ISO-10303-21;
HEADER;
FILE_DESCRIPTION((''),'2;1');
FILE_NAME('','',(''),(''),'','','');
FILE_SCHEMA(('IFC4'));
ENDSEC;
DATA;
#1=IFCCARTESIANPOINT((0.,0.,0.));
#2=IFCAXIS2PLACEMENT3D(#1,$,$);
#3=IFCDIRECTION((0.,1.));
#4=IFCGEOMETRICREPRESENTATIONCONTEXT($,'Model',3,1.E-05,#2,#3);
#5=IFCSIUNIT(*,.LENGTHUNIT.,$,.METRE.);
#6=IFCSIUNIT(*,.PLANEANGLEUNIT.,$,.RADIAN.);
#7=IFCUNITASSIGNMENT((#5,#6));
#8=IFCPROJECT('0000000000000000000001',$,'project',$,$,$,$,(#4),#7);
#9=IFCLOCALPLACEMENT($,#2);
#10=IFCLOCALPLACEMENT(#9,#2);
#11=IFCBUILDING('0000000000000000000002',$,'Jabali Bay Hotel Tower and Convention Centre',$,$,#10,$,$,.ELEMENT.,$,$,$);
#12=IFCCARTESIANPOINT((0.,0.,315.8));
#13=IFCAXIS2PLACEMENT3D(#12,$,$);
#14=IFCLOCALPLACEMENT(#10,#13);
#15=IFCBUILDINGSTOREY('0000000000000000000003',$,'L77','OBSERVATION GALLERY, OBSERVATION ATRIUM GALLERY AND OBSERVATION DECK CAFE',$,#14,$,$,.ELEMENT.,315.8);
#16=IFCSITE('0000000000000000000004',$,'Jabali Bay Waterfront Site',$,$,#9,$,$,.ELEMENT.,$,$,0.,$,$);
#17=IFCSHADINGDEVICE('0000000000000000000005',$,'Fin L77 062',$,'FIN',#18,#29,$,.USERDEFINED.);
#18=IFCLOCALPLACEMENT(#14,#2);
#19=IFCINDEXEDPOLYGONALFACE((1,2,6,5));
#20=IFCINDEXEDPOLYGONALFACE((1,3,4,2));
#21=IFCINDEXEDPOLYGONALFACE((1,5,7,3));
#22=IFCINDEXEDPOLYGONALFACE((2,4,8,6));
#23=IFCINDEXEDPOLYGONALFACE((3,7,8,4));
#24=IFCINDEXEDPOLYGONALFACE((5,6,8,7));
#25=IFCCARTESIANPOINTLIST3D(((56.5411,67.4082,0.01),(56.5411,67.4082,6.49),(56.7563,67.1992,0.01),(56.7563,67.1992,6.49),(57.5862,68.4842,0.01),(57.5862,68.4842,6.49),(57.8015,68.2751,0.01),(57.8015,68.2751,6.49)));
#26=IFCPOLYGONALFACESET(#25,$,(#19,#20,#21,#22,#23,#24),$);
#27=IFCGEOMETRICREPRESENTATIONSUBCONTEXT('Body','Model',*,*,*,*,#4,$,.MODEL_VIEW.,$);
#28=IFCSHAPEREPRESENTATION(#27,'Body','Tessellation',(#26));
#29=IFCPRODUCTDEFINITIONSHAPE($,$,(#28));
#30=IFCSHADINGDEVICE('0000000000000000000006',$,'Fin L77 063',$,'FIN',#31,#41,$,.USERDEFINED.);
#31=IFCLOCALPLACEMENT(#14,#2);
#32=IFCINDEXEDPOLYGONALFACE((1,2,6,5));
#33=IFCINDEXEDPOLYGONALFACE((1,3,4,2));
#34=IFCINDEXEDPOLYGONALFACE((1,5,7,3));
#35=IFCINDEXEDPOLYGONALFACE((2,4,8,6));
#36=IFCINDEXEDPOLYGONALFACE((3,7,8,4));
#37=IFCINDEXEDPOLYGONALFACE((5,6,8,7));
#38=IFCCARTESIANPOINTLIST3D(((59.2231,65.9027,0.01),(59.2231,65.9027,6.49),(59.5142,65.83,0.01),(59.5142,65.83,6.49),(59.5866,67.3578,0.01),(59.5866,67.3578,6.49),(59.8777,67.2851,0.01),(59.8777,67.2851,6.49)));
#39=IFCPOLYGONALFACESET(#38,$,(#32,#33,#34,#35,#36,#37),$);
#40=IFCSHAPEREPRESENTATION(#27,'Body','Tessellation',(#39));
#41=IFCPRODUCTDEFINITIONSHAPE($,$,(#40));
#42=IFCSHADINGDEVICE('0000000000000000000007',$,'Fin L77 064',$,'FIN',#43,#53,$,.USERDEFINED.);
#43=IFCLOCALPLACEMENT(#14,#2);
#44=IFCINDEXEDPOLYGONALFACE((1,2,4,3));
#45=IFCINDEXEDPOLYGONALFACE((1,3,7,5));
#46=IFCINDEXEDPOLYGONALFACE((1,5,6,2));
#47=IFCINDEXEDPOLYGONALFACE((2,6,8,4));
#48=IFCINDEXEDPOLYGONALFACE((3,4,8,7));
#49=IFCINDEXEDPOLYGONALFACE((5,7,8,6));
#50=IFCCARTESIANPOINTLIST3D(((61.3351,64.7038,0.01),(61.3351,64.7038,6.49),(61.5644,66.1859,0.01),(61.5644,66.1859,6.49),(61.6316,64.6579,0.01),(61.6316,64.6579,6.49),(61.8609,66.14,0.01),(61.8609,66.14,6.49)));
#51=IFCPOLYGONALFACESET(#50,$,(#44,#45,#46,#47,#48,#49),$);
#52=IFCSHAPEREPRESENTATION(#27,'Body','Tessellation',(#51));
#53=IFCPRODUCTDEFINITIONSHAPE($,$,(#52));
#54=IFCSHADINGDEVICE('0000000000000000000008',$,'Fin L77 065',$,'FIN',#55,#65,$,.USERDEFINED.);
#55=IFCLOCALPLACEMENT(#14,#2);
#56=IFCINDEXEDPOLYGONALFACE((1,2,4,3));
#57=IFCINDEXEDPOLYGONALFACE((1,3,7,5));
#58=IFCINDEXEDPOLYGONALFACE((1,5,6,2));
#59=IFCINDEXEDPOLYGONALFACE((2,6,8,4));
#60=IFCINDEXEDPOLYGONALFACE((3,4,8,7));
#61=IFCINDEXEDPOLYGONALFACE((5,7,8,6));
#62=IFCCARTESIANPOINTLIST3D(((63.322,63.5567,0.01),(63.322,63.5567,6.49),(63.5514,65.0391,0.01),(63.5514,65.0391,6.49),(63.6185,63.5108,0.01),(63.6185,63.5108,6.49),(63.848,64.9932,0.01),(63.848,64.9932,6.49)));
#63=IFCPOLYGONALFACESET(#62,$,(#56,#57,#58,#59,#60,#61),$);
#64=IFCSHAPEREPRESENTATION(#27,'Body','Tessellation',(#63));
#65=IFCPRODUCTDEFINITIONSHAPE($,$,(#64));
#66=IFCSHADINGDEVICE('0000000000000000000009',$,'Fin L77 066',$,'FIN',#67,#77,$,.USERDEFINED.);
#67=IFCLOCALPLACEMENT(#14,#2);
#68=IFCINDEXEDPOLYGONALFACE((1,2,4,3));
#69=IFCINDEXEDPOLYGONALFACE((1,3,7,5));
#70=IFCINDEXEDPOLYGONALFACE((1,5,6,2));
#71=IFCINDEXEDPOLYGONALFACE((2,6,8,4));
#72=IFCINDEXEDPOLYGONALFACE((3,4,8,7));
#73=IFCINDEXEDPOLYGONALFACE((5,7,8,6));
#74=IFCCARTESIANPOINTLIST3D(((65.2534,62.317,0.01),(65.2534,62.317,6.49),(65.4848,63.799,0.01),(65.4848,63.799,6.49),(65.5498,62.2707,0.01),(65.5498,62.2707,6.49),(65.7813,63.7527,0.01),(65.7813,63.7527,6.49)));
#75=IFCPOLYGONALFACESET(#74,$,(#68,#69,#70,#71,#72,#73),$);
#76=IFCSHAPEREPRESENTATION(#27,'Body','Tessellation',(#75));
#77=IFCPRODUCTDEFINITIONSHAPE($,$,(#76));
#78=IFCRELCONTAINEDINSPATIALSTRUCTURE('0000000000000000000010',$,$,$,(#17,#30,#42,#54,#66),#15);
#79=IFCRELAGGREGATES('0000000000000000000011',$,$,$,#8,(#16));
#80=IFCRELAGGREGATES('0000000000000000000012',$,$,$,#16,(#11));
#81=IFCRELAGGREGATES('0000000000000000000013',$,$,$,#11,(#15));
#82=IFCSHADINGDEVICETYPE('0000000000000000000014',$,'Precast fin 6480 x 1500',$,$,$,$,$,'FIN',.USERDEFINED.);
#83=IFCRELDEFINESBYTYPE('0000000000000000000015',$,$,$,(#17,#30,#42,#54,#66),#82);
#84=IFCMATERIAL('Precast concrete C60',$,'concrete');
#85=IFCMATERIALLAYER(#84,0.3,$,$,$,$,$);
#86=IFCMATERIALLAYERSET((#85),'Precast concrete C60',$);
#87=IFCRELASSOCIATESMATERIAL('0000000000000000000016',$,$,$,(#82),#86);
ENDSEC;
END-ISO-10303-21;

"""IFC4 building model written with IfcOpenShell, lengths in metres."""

from ifc_helpers import new_model, si_unit, direction, frame, frame_2d, origin, place, context, subcontext, project, spatial, rectangle, extrude, material, layer, layer_set, type_object, element, save


model = new_model("IFC4")

# Units and contexts
model_context = context("Model", 3, precision=1e-05, world=origin(), true_north=direction((0.0, 1.0)))
body_context = subcontext(model_context, "Body", "Model", "MODEL_VIEW")
ifc_project = project(units=[si_unit("LENGTHUNIT", "METRE"), si_unit("PLANEANGLEUNIT", "RADIAN")], contexts=[model_context])

# Site, building, storey
site_placement = place(None, origin())
site = spatial("IfcSite", under=ifc_project, at=site_placement, Name="Jabali Bay Waterfront Site", CompositionType="ELEMENT", RefElevation=0.0)
building_placement = place(site_placement, origin())
building = spatial("IfcBuilding", under=site, at=building_placement, Name="Jabali Bay Hotel Tower and Convention Centre", CompositionType="ELEMENT")
storey_placement = place(building_placement, frame((0.0, 0.0, 315.8)))
storey = spatial("IfcBuildingStorey", under=building, at=storey_placement, Name="L77", Description="OBSERVATION GALLERY, OBSERVATION ATRIUM GALLERY AND OBSERVATION DECK CAFE", CompositionType="ELEMENT", Elevation=315.8)

# Shading devices
ifc_material_1 = material(Name="Precast concrete C60", Category="concrete")
ifc_layer_1 = layer(ifc_material_1, 0.3)
ifc_layer_set_1 = layer_set([ifc_layer_1], Name="Precast concrete C60")
shading_device_type = type_object("IfcShadingDeviceType", Name="Precast fin 6480 x 1500", ElementType="FIN", PredefinedType="USERDEFINED", material=ifc_layer_set_1)
shading_device_placement = place(storey_placement, frame((57.6938, 68.3796, 0.01), z_axis=(0.0, 0.0, 1.0), x_axis=(-0.696779, -0.717286, 0.0)))
element("IfcShadingDevice", 1, at=shading_device_placement, inside=storey, type_object=shading_device_type, Name="Fin L77 062", ObjectType="FIN", PredefinedType="USERDEFINED", context=body_context, shape_type="SweptSolid", body=[
    extrude(rectangle(XDim=1.5, YDim=0.3, at=frame_2d((0.75, 0.0))), origin(), (0.0, 0.0, 1.0), 6.48),
])
for number, where, z_axis, x_axis, name in (
    (2, (59.7322, 67.3215, 0.01), (0.0, 0.0, 1.0), (-0.242382, -0.970181, 0.0), "Fin L77 063"),
    (3, (61.7126, 66.1631, 0.01), (0.0, 0.0, 1.0), (-0.152852, -0.988249, 0.0), "Fin L77 064"),
):
    element("IfcShadingDevice", number, at=place(storey_placement, frame(where, z_axis=z_axis, x_axis=x_axis)), inside=storey, type_object=shading_device_type, Name=name, ObjectType="FIN", PredefinedType="USERDEFINED", context=body_context, shape_type="SweptSolid", body=[
        extrude(rectangle(XDim=1.4998, YDim=0.3, at=frame_2d((0.75, 0.0))), origin(), (0.0, 0.0, 1.0), 6.48),
    ])
for number, where, z_axis, x_axis, name in (
    (4, (63.6997, 65.0161, 0.01), (0.0, 0.0, 1.0), (-0.152987, -0.988228, 0.0), "Fin L77 065"),
    (5, (65.6331, 63.7759, 0.01), (0.0, 0.0, 1.0), (-0.154307, -0.988023, 0.0), "Fin L77 066"),
):
    element("IfcShadingDevice", number, at=place(storey_placement, frame(where, z_axis=z_axis, x_axis=x_axis)), inside=storey, type_object=shading_device_type, Name=name, ObjectType="FIN", PredefinedType="USERDEFINED", context=body_context, shape_type="SweptSolid", body=[
        extrude(rectangle(XDim=1.5, YDim=0.3, at=frame_2d((0.75, 0.0))), origin(), (0.0, 0.0, 1.0), 6.48),
    ])

save(model, "model.ifc")
